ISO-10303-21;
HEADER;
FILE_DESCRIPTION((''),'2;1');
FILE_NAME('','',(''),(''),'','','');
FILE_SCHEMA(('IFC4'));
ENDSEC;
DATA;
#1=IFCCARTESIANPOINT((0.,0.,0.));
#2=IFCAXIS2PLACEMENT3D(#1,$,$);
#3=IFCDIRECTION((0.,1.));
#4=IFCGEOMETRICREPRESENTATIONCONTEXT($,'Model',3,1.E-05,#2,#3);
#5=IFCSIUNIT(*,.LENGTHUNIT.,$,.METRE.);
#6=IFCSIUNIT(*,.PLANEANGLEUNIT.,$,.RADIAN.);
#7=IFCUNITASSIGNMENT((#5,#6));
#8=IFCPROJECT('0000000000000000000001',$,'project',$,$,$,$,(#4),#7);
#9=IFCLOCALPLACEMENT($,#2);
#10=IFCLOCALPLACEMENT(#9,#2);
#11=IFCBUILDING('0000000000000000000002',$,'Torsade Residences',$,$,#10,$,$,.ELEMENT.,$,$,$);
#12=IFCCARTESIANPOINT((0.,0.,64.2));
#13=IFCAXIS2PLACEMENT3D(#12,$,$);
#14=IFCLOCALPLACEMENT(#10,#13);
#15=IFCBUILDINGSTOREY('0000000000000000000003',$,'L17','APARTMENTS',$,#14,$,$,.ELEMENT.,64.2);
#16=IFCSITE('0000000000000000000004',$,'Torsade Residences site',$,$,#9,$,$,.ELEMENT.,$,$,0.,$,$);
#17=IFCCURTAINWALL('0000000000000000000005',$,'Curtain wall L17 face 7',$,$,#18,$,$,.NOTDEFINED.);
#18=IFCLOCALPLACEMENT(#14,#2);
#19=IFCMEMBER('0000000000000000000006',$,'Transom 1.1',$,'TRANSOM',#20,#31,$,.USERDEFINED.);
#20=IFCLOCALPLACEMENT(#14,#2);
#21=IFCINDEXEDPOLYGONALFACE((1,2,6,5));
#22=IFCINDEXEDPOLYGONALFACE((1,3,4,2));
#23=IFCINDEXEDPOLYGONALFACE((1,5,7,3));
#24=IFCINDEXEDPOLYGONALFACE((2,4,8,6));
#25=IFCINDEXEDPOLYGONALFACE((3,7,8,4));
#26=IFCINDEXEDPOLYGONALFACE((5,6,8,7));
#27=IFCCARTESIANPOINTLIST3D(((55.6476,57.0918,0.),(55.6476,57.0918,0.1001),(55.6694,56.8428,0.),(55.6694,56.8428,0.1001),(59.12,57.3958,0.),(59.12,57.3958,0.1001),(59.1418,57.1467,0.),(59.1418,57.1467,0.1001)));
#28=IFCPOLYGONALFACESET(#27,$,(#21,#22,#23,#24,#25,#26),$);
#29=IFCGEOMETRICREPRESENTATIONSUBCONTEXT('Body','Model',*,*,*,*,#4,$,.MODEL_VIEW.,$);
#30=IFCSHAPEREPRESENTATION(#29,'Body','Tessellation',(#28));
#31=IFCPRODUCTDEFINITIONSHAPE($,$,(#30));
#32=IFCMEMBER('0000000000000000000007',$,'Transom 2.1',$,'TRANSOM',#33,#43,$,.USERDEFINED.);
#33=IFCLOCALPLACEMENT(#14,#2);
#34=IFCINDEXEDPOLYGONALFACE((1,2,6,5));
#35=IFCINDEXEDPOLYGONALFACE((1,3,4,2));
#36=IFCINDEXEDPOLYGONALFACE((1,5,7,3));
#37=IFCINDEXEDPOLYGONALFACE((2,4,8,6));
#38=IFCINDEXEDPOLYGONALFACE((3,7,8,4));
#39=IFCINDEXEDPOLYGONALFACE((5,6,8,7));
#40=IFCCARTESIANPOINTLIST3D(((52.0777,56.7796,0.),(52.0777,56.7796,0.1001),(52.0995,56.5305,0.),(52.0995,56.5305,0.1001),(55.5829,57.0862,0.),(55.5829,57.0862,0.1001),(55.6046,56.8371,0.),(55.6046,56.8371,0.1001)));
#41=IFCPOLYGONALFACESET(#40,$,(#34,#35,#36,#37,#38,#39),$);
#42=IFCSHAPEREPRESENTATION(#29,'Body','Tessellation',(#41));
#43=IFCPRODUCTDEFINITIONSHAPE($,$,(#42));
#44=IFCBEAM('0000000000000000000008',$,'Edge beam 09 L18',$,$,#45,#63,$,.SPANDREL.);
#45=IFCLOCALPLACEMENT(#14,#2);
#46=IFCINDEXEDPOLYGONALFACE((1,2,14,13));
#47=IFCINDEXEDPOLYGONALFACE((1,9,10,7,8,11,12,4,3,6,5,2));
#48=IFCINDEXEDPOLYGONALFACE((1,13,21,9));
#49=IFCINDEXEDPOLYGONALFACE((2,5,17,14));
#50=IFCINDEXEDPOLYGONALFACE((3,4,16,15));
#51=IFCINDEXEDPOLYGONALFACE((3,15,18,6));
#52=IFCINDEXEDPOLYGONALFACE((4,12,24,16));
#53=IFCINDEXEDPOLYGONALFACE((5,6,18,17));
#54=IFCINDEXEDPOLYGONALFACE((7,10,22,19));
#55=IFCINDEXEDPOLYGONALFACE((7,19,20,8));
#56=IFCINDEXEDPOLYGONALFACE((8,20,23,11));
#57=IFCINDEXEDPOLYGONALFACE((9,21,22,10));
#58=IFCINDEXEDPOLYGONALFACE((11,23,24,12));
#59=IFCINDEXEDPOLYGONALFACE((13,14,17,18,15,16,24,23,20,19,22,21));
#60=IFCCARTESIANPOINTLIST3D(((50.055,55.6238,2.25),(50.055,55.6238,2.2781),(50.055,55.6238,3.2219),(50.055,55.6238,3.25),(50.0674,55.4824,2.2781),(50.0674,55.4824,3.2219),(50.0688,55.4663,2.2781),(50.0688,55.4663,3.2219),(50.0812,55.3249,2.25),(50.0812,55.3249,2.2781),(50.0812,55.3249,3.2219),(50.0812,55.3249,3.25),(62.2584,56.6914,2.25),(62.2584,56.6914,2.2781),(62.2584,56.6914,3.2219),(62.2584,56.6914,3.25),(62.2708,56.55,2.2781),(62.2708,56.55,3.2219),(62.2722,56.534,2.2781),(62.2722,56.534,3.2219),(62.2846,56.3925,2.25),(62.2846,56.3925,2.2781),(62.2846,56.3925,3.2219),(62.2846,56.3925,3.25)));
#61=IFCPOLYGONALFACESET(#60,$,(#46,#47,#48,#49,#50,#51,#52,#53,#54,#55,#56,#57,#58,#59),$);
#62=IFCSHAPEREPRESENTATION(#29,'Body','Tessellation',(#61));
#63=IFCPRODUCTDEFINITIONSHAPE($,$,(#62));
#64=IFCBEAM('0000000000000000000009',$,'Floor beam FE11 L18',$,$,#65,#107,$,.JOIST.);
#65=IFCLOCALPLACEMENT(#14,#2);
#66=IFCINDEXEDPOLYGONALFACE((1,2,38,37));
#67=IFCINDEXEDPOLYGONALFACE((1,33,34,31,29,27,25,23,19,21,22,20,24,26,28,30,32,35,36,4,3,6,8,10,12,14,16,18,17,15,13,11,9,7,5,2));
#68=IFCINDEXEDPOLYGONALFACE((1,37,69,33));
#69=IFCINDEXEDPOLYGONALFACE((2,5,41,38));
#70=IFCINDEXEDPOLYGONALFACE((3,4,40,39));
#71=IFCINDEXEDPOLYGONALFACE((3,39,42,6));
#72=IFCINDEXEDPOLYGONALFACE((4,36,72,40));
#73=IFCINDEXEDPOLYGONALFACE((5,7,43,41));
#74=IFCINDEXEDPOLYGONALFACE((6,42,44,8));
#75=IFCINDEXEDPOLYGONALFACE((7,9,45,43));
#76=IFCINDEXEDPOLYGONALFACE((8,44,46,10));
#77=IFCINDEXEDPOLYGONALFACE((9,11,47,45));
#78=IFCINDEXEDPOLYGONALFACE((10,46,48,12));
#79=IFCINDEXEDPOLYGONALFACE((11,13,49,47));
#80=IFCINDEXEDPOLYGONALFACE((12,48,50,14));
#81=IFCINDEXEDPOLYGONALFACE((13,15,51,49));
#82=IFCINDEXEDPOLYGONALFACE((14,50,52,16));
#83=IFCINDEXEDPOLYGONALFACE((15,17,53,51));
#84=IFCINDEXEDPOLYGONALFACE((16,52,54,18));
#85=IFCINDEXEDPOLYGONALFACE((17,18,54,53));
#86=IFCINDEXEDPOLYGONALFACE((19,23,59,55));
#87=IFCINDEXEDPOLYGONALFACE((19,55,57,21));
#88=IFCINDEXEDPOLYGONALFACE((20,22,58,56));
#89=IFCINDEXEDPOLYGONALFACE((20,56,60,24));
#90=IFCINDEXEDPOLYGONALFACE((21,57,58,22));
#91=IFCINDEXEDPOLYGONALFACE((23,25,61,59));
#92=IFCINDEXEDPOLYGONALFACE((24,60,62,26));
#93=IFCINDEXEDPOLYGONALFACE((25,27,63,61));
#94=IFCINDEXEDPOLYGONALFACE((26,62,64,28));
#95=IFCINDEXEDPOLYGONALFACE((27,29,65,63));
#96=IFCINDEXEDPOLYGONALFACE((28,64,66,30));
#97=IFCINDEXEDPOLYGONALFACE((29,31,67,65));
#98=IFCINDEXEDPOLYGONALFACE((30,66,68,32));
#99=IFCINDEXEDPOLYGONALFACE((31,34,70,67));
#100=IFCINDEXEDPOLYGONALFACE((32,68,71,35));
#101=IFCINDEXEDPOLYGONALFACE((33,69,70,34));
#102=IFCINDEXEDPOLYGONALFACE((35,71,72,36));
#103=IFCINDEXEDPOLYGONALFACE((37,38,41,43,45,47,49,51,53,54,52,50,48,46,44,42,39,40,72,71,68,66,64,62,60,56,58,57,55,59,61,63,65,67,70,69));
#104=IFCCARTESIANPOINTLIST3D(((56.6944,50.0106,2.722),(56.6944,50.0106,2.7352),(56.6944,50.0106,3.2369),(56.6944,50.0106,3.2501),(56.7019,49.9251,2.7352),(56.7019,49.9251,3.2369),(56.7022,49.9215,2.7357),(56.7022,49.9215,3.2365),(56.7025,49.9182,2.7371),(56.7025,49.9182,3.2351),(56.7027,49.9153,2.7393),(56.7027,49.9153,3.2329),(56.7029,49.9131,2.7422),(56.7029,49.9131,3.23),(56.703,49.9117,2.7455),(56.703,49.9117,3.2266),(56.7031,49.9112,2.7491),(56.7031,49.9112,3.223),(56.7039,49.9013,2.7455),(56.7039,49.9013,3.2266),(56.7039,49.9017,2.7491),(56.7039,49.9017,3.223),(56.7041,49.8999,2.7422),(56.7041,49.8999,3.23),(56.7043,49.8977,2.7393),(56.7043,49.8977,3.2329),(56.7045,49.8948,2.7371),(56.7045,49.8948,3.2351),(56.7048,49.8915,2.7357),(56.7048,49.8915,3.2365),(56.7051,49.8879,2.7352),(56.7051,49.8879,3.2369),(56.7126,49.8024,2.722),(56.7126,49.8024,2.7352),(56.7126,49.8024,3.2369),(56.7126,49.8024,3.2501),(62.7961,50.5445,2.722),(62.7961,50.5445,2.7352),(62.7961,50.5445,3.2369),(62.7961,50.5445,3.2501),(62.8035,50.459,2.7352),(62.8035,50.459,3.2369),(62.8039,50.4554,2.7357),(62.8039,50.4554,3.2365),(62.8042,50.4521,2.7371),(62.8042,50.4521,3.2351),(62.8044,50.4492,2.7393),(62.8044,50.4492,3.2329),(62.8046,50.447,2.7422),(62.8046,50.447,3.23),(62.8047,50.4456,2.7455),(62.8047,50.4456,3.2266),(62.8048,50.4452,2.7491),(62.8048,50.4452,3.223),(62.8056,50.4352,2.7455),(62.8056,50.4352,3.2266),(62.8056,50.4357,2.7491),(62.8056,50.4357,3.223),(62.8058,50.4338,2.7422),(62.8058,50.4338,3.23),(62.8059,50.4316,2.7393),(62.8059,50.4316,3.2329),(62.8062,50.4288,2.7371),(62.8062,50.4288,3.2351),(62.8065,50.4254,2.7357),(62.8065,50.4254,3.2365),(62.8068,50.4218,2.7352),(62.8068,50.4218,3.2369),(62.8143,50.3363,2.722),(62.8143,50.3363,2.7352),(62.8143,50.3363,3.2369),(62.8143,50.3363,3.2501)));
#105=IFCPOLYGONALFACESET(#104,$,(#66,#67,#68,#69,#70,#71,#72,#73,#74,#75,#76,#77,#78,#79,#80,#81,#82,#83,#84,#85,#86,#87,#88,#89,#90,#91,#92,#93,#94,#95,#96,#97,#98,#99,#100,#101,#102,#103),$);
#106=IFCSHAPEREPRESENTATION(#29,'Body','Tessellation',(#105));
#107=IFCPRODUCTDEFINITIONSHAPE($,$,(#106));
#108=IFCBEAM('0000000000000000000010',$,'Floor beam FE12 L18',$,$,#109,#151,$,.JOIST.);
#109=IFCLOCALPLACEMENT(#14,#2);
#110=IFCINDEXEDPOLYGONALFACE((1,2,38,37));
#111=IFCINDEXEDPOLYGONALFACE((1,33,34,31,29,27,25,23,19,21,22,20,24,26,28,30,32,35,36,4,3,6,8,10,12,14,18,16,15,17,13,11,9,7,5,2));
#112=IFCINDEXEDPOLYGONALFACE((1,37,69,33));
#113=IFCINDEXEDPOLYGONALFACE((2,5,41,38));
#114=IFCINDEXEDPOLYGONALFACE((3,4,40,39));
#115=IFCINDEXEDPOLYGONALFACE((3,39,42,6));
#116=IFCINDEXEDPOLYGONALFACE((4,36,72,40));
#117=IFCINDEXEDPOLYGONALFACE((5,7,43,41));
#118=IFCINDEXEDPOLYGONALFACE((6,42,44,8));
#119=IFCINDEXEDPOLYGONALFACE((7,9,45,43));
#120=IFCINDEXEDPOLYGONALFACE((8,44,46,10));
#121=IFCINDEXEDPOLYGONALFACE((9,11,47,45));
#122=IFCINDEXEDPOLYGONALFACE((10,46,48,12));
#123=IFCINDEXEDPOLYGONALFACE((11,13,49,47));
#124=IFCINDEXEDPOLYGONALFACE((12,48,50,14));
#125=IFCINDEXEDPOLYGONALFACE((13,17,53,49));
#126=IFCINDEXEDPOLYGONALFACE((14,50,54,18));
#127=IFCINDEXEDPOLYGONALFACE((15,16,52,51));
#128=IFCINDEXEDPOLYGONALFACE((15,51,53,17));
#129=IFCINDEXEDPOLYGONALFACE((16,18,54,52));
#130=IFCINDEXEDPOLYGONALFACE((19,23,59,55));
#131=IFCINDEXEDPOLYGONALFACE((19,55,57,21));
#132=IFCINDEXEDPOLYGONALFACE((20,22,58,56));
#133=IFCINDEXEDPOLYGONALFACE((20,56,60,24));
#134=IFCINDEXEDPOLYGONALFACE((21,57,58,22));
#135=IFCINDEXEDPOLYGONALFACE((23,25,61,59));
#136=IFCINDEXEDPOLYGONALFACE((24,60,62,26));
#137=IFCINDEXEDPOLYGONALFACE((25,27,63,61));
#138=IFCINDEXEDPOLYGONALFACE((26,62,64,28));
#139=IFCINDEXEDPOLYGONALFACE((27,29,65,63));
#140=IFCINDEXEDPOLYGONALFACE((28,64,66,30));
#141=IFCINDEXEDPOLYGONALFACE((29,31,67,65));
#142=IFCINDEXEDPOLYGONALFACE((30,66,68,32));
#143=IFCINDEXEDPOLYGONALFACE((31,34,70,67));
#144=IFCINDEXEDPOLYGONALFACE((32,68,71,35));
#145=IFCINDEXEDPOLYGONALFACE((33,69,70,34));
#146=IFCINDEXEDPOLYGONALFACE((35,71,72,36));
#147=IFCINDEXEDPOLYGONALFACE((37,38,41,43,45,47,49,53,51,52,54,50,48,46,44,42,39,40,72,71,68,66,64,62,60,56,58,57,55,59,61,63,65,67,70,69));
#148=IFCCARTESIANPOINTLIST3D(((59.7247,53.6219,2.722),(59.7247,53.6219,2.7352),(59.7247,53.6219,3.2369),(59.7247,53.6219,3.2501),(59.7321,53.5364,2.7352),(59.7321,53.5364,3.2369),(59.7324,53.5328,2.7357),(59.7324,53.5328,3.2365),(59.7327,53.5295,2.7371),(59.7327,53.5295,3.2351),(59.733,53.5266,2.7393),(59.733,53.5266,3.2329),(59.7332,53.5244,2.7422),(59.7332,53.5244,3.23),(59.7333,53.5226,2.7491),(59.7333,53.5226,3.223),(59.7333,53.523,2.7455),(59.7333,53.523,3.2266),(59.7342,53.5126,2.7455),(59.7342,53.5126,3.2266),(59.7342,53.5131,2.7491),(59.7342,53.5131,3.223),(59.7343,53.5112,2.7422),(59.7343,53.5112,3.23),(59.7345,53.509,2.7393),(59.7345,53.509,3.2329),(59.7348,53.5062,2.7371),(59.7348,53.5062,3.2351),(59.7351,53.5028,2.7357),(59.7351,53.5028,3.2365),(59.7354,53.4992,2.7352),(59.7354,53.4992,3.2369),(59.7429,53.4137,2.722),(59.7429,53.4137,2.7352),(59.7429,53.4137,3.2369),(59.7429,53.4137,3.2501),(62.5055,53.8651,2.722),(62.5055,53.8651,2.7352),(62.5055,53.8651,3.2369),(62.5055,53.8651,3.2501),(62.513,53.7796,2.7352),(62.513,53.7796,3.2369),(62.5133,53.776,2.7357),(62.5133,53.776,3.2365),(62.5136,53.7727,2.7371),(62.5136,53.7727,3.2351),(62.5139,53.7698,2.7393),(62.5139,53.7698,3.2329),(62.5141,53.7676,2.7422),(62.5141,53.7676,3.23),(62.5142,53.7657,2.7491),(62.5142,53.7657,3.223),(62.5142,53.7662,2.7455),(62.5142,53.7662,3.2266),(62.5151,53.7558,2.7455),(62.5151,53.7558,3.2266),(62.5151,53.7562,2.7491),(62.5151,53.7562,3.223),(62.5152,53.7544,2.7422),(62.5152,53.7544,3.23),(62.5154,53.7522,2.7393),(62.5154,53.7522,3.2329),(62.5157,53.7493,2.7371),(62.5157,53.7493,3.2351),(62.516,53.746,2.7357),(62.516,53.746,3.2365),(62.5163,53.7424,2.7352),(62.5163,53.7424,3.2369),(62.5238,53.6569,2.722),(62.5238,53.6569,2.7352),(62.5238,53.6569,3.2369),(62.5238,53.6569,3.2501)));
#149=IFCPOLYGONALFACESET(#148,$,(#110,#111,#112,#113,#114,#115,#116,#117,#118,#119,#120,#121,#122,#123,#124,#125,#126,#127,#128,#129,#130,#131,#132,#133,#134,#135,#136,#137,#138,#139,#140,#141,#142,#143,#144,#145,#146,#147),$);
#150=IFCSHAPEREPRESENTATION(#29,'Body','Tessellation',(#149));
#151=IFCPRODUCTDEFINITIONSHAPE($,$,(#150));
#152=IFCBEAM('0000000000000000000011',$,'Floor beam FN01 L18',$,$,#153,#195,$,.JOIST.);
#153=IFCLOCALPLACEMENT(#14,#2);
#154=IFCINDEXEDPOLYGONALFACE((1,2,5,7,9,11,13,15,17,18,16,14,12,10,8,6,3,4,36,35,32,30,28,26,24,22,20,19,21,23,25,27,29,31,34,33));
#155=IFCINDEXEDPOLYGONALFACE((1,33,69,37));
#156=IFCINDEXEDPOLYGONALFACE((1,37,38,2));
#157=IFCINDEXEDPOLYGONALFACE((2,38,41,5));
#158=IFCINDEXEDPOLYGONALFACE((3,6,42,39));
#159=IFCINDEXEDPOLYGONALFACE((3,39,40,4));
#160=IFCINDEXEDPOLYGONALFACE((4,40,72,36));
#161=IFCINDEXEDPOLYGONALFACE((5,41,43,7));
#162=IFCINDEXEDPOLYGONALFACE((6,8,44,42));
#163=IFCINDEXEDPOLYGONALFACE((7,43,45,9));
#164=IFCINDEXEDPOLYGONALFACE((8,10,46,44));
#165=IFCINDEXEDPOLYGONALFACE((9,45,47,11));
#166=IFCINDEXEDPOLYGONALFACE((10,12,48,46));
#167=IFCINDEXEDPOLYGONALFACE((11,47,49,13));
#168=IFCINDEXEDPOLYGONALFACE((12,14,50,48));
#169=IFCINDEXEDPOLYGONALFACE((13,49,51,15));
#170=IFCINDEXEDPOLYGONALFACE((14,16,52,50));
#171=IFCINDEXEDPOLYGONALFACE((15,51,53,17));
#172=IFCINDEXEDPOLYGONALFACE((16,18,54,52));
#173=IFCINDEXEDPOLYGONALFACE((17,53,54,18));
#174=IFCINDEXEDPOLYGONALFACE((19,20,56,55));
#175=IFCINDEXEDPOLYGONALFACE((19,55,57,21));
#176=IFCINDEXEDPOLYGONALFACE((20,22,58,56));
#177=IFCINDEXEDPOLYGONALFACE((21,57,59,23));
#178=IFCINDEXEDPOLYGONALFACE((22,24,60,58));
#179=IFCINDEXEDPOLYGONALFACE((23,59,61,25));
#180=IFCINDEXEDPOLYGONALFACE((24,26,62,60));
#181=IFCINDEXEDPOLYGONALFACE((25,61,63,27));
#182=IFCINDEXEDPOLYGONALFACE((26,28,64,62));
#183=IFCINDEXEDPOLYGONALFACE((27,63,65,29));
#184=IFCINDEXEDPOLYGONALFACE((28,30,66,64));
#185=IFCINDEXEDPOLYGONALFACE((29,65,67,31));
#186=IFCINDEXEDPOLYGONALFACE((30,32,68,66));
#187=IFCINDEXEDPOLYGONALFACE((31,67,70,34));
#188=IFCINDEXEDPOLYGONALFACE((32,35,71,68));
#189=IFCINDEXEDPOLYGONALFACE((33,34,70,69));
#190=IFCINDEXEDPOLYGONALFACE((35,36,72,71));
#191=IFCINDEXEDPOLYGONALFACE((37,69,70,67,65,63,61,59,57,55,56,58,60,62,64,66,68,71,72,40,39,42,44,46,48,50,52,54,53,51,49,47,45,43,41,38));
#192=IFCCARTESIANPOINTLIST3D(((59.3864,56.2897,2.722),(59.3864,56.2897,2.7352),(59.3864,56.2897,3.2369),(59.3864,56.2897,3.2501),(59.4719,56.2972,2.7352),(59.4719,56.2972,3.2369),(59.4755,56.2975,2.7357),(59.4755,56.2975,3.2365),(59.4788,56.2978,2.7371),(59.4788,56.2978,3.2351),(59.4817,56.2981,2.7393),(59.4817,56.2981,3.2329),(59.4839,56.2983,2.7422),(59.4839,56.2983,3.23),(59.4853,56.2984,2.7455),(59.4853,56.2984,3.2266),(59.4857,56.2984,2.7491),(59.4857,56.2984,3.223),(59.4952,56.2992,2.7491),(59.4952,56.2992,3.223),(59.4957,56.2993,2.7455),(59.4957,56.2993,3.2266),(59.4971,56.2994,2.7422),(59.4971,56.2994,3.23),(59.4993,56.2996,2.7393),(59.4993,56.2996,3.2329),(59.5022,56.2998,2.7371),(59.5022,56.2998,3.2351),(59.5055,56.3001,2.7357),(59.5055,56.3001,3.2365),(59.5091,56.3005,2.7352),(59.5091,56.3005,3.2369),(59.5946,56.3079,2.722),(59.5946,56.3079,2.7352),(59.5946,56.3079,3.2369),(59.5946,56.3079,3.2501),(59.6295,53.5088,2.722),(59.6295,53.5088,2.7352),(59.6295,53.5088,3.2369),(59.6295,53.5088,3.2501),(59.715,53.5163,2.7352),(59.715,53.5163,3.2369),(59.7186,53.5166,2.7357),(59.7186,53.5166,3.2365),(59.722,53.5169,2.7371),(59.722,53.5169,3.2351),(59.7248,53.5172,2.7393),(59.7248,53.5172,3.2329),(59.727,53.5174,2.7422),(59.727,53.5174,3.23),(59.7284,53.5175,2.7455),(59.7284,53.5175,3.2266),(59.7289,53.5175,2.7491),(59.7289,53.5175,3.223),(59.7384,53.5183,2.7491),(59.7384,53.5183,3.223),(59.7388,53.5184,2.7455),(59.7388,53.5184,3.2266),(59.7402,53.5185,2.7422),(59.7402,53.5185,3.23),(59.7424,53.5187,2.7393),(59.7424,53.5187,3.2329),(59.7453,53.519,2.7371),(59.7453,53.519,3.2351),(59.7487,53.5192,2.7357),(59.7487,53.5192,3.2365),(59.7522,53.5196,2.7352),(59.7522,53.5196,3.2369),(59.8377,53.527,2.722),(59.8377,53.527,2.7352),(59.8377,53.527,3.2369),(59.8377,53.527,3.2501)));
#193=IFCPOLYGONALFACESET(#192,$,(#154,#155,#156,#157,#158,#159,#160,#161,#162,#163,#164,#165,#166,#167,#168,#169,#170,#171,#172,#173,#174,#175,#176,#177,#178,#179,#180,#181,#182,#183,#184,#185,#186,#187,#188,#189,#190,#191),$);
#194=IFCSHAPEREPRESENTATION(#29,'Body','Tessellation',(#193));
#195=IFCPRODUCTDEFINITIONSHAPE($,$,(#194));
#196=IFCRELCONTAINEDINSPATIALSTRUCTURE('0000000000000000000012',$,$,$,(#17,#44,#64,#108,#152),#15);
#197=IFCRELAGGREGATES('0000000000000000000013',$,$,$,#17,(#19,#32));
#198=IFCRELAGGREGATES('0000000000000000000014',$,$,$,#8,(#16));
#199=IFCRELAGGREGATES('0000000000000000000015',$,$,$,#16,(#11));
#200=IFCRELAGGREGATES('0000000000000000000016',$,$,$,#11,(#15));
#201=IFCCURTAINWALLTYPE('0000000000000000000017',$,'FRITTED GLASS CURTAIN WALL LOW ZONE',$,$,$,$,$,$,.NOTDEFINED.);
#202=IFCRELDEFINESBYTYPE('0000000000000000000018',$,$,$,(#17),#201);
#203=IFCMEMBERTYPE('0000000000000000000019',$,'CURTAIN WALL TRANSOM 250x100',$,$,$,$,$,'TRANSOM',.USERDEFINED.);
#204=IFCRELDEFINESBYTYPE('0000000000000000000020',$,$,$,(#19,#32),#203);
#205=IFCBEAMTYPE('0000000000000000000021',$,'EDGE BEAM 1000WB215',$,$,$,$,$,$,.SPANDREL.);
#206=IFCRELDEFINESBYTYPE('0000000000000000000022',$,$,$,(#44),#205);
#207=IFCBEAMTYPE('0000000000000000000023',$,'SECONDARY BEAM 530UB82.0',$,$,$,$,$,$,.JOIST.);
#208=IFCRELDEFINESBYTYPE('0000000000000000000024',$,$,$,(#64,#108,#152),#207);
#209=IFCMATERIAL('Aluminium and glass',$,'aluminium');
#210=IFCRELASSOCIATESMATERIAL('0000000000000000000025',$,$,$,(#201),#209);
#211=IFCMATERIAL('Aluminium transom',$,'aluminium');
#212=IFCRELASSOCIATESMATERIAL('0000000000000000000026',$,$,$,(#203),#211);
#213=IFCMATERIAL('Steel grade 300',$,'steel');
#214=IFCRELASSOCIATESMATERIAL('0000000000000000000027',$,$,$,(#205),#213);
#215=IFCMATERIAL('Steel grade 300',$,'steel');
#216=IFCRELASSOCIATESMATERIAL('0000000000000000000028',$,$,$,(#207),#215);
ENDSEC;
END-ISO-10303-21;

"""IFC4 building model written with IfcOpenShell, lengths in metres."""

from ifc_helpers import new_model, si_unit, direction, frame, origin, origin_2d, place, context, subcontext, project, spatial, rectangle, i_section, extrude, material, material_profile, profile_set, type_object, element, aggregate, save


model = new_model("IFC4")

# Units and contexts
model_context = context("Model", 3, precision=1e-05, world=origin(), true_north=direction((0.0, 1.0)))
body_context = subcontext(model_context, "Body", "Model", "MODEL_VIEW")
ifc_project = project(units=[si_unit("LENGTHUNIT", "METRE"), si_unit("PLANEANGLEUNIT", "RADIAN")], contexts=[model_context])

# Site, building, storey
site_placement = place(None, origin())
site = spatial("IfcSite", under=ifc_project, at=site_placement, Name="Torsade Residences site", CompositionType="ELEMENT", RefElevation=0.0)
building_placement = place(site_placement, origin())
building = spatial("IfcBuilding", under=site, at=building_placement, Name="Torsade Residences", CompositionType="ELEMENT")
storey_placement = place(building_placement, frame((0.0, 0.0, 64.2)))
storey = spatial("IfcBuildingStorey", under=building, at=storey_placement, Name="L17", Description="APARTMENTS", CompositionType="ELEMENT", Elevation=64.2)

# Curtain wall
ifc_material_1 = material(Name="Aluminium and glass", Category="aluminium")
curtain_wall_type = type_object("IfcCurtainWallType", Name="FRITTED GLASS CURTAIN WALL LOW ZONE", PredefinedType="NOTDEFINED", material=ifc_material_1)
curtain_wall_1_placement = place(storey_placement, origin())
curtain_wall_1 = element("IfcCurtainWall", 1, at=curtain_wall_1_placement, inside=storey, type_object=curtain_wall_type, Name="Curtain wall L17 face 7", PredefinedType="NOTDEFINED")

# Members
ifc_material_2 = material(Name="Aluminium transom", Category="aluminium")
ifc_material_profile_1 = material_profile(ifc_material_2, rectangle(XDim=0.25, YDim=0.1001, at=origin_2d()), Name="CURTAIN WALL TRANSOM 250x100")
ifc_profile_set_1 = profile_set([ifc_material_profile_1], Name="Aluminium transom")
member_type_1 = type_object("IfcMemberType", Name="CURTAIN WALL TRANSOM 250x100", ElementType="TRANSOM", PredefinedType="USERDEFINED", material=ifc_profile_set_1)
member_1_placement = place(storey_placement, frame((59.1309, 57.2712, 0.05), z_axis=(-0.996191, -0.087201, 0.0), x_axis=(0.087201, -0.996191, 0.0)))
member_1 = element("IfcMember", 2, at=member_1_placement, type_object=member_type_1, Name="Transom 1.1", ObjectType="TRANSOM", PredefinedType="USERDEFINED", context=body_context, shape_type="SweptSolid", body=[
    extrude(rectangle(XDim=0.25, YDim=0.1001, at=origin_2d()), origin(), (0.0, 0.0, 1.0), 3.4856),
])
member_2_placement = place(storey_placement, frame((55.5938, 56.9617, 0.05), z_axis=(-0.996195, -0.087151, 0.0), x_axis=(0.087151, -0.996195, 0.0)))
member_2 = element("IfcMember", 3, at=member_2_placement, type_object=member_type_1, Name="Transom 2.1", ObjectType="TRANSOM", PredefinedType="USERDEFINED", context=body_context, shape_type="SweptSolid", body=[
    extrude(rectangle(XDim=0.25, YDim=0.1001, at=origin_2d()), origin(), (0.0, 0.0, 1.0), 3.5186),
])

# Beams
ifc_material_3 = material(Name="Steel grade 300", Category="steel")
ifc_material_profile_2 = material_profile(ifc_material_3, i_section(OverallWidth=0.3, OverallDepth=1.0, WebThickness=0.0161, FlangeThickness=0.0281, at=origin_2d()), Name="1000WB215")
ifc_profile_set_2 = profile_set([ifc_material_profile_2], Name="Steel grade 300")
beam_type_1 = type_object("IfcBeamType", Name="EDGE BEAM 1000WB215", PredefinedType="SPANDREL", material=ifc_profile_set_2)
beam_1_placement = place(storey_placement, frame((62.2715, 56.542, 2.75), z_axis=(-0.996195, -0.087153, 0.0), x_axis=(0.087153, -0.996195, 0.0)))
element("IfcBeam", 4, at=beam_1_placement, inside=storey, type_object=beam_type_1, Name="Edge beam 09 L18", PredefinedType="SPANDREL", context=body_context, shape_type="SweptSolid", body=[
    extrude(i_section(OverallWidth=0.3, OverallDepth=1.0, WebThickness=0.0161, FlangeThickness=0.0281, at=origin_2d()), origin(), (0.0, 0.0, 1.0), 12.25),
])
ifc_material_4 = material(Name="Steel grade 300", Category="steel")
ifc_material_profile_3 = material_profile(ifc_material_4, i_section(OverallWidth=0.209, OverallDepth=0.5281, WebThickness=0.0095, FlangeThickness=0.0132, FilletRadius=0.0139, at=origin_2d()), Name="530UB82.0")
ifc_profile_set_3 = profile_set([ifc_material_profile_3], Name="Steel grade 300")
beam_type_2 = type_object("IfcBeamType", Name="SECONDARY BEAM 530UB82.0", PredefinedType="JOIST", material=ifc_profile_set_3)
beam_2_placement = place(storey_placement, frame((62.8052, 50.4404, 2.9861), z_axis=(-0.996193, -0.087175, 0.0), x_axis=(0.087175, -0.996193, 0.0)))
element("IfcBeam", 5, at=beam_2_placement, inside=storey, type_object=beam_type_2, Name="Floor beam FE11 L18", PredefinedType="JOIST", context=body_context, shape_type="SweptSolid", body=[
    extrude(i_section(OverallWidth=0.209, OverallDepth=0.5281, WebThickness=0.0095, FlangeThickness=0.0132, FilletRadius=0.0139, at=origin_2d()), origin(), (0.0, 0.0, 1.0), 6.125),
])
for number, where, z_axis, x_axis, name in (
    (6, (62.5146, 53.761, 2.9861), (-0.996199, -0.087105, 0.0), (0.087105, -0.996199, 0.0), "Floor beam FE12 L18"),
    (7, (59.4905, 56.2988, 2.9861), (0.087105, -0.996199, 0.0), (0.996199, 0.087105, 0.0), "Floor beam FN01 L18"),
):
    element("IfcBeam", number, at=place(storey_placement, frame(where, z_axis=z_axis, x_axis=x_axis)), inside=storey, type_object=beam_type_2, Name=name, PredefinedType="JOIST", context=body_context, shape_type="SweptSolid", body=[
        extrude(i_section(OverallWidth=0.209, OverallDepth=0.5281, WebThickness=0.0095, FlangeThickness=0.0132, FilletRadius=0.0139, at=origin_2d()), origin(), (0.0, 0.0, 1.0), 2.7915),
    ])

aggregate(curtain_wall_1, [member_1, member_2])

save(model, "model.ifc")
